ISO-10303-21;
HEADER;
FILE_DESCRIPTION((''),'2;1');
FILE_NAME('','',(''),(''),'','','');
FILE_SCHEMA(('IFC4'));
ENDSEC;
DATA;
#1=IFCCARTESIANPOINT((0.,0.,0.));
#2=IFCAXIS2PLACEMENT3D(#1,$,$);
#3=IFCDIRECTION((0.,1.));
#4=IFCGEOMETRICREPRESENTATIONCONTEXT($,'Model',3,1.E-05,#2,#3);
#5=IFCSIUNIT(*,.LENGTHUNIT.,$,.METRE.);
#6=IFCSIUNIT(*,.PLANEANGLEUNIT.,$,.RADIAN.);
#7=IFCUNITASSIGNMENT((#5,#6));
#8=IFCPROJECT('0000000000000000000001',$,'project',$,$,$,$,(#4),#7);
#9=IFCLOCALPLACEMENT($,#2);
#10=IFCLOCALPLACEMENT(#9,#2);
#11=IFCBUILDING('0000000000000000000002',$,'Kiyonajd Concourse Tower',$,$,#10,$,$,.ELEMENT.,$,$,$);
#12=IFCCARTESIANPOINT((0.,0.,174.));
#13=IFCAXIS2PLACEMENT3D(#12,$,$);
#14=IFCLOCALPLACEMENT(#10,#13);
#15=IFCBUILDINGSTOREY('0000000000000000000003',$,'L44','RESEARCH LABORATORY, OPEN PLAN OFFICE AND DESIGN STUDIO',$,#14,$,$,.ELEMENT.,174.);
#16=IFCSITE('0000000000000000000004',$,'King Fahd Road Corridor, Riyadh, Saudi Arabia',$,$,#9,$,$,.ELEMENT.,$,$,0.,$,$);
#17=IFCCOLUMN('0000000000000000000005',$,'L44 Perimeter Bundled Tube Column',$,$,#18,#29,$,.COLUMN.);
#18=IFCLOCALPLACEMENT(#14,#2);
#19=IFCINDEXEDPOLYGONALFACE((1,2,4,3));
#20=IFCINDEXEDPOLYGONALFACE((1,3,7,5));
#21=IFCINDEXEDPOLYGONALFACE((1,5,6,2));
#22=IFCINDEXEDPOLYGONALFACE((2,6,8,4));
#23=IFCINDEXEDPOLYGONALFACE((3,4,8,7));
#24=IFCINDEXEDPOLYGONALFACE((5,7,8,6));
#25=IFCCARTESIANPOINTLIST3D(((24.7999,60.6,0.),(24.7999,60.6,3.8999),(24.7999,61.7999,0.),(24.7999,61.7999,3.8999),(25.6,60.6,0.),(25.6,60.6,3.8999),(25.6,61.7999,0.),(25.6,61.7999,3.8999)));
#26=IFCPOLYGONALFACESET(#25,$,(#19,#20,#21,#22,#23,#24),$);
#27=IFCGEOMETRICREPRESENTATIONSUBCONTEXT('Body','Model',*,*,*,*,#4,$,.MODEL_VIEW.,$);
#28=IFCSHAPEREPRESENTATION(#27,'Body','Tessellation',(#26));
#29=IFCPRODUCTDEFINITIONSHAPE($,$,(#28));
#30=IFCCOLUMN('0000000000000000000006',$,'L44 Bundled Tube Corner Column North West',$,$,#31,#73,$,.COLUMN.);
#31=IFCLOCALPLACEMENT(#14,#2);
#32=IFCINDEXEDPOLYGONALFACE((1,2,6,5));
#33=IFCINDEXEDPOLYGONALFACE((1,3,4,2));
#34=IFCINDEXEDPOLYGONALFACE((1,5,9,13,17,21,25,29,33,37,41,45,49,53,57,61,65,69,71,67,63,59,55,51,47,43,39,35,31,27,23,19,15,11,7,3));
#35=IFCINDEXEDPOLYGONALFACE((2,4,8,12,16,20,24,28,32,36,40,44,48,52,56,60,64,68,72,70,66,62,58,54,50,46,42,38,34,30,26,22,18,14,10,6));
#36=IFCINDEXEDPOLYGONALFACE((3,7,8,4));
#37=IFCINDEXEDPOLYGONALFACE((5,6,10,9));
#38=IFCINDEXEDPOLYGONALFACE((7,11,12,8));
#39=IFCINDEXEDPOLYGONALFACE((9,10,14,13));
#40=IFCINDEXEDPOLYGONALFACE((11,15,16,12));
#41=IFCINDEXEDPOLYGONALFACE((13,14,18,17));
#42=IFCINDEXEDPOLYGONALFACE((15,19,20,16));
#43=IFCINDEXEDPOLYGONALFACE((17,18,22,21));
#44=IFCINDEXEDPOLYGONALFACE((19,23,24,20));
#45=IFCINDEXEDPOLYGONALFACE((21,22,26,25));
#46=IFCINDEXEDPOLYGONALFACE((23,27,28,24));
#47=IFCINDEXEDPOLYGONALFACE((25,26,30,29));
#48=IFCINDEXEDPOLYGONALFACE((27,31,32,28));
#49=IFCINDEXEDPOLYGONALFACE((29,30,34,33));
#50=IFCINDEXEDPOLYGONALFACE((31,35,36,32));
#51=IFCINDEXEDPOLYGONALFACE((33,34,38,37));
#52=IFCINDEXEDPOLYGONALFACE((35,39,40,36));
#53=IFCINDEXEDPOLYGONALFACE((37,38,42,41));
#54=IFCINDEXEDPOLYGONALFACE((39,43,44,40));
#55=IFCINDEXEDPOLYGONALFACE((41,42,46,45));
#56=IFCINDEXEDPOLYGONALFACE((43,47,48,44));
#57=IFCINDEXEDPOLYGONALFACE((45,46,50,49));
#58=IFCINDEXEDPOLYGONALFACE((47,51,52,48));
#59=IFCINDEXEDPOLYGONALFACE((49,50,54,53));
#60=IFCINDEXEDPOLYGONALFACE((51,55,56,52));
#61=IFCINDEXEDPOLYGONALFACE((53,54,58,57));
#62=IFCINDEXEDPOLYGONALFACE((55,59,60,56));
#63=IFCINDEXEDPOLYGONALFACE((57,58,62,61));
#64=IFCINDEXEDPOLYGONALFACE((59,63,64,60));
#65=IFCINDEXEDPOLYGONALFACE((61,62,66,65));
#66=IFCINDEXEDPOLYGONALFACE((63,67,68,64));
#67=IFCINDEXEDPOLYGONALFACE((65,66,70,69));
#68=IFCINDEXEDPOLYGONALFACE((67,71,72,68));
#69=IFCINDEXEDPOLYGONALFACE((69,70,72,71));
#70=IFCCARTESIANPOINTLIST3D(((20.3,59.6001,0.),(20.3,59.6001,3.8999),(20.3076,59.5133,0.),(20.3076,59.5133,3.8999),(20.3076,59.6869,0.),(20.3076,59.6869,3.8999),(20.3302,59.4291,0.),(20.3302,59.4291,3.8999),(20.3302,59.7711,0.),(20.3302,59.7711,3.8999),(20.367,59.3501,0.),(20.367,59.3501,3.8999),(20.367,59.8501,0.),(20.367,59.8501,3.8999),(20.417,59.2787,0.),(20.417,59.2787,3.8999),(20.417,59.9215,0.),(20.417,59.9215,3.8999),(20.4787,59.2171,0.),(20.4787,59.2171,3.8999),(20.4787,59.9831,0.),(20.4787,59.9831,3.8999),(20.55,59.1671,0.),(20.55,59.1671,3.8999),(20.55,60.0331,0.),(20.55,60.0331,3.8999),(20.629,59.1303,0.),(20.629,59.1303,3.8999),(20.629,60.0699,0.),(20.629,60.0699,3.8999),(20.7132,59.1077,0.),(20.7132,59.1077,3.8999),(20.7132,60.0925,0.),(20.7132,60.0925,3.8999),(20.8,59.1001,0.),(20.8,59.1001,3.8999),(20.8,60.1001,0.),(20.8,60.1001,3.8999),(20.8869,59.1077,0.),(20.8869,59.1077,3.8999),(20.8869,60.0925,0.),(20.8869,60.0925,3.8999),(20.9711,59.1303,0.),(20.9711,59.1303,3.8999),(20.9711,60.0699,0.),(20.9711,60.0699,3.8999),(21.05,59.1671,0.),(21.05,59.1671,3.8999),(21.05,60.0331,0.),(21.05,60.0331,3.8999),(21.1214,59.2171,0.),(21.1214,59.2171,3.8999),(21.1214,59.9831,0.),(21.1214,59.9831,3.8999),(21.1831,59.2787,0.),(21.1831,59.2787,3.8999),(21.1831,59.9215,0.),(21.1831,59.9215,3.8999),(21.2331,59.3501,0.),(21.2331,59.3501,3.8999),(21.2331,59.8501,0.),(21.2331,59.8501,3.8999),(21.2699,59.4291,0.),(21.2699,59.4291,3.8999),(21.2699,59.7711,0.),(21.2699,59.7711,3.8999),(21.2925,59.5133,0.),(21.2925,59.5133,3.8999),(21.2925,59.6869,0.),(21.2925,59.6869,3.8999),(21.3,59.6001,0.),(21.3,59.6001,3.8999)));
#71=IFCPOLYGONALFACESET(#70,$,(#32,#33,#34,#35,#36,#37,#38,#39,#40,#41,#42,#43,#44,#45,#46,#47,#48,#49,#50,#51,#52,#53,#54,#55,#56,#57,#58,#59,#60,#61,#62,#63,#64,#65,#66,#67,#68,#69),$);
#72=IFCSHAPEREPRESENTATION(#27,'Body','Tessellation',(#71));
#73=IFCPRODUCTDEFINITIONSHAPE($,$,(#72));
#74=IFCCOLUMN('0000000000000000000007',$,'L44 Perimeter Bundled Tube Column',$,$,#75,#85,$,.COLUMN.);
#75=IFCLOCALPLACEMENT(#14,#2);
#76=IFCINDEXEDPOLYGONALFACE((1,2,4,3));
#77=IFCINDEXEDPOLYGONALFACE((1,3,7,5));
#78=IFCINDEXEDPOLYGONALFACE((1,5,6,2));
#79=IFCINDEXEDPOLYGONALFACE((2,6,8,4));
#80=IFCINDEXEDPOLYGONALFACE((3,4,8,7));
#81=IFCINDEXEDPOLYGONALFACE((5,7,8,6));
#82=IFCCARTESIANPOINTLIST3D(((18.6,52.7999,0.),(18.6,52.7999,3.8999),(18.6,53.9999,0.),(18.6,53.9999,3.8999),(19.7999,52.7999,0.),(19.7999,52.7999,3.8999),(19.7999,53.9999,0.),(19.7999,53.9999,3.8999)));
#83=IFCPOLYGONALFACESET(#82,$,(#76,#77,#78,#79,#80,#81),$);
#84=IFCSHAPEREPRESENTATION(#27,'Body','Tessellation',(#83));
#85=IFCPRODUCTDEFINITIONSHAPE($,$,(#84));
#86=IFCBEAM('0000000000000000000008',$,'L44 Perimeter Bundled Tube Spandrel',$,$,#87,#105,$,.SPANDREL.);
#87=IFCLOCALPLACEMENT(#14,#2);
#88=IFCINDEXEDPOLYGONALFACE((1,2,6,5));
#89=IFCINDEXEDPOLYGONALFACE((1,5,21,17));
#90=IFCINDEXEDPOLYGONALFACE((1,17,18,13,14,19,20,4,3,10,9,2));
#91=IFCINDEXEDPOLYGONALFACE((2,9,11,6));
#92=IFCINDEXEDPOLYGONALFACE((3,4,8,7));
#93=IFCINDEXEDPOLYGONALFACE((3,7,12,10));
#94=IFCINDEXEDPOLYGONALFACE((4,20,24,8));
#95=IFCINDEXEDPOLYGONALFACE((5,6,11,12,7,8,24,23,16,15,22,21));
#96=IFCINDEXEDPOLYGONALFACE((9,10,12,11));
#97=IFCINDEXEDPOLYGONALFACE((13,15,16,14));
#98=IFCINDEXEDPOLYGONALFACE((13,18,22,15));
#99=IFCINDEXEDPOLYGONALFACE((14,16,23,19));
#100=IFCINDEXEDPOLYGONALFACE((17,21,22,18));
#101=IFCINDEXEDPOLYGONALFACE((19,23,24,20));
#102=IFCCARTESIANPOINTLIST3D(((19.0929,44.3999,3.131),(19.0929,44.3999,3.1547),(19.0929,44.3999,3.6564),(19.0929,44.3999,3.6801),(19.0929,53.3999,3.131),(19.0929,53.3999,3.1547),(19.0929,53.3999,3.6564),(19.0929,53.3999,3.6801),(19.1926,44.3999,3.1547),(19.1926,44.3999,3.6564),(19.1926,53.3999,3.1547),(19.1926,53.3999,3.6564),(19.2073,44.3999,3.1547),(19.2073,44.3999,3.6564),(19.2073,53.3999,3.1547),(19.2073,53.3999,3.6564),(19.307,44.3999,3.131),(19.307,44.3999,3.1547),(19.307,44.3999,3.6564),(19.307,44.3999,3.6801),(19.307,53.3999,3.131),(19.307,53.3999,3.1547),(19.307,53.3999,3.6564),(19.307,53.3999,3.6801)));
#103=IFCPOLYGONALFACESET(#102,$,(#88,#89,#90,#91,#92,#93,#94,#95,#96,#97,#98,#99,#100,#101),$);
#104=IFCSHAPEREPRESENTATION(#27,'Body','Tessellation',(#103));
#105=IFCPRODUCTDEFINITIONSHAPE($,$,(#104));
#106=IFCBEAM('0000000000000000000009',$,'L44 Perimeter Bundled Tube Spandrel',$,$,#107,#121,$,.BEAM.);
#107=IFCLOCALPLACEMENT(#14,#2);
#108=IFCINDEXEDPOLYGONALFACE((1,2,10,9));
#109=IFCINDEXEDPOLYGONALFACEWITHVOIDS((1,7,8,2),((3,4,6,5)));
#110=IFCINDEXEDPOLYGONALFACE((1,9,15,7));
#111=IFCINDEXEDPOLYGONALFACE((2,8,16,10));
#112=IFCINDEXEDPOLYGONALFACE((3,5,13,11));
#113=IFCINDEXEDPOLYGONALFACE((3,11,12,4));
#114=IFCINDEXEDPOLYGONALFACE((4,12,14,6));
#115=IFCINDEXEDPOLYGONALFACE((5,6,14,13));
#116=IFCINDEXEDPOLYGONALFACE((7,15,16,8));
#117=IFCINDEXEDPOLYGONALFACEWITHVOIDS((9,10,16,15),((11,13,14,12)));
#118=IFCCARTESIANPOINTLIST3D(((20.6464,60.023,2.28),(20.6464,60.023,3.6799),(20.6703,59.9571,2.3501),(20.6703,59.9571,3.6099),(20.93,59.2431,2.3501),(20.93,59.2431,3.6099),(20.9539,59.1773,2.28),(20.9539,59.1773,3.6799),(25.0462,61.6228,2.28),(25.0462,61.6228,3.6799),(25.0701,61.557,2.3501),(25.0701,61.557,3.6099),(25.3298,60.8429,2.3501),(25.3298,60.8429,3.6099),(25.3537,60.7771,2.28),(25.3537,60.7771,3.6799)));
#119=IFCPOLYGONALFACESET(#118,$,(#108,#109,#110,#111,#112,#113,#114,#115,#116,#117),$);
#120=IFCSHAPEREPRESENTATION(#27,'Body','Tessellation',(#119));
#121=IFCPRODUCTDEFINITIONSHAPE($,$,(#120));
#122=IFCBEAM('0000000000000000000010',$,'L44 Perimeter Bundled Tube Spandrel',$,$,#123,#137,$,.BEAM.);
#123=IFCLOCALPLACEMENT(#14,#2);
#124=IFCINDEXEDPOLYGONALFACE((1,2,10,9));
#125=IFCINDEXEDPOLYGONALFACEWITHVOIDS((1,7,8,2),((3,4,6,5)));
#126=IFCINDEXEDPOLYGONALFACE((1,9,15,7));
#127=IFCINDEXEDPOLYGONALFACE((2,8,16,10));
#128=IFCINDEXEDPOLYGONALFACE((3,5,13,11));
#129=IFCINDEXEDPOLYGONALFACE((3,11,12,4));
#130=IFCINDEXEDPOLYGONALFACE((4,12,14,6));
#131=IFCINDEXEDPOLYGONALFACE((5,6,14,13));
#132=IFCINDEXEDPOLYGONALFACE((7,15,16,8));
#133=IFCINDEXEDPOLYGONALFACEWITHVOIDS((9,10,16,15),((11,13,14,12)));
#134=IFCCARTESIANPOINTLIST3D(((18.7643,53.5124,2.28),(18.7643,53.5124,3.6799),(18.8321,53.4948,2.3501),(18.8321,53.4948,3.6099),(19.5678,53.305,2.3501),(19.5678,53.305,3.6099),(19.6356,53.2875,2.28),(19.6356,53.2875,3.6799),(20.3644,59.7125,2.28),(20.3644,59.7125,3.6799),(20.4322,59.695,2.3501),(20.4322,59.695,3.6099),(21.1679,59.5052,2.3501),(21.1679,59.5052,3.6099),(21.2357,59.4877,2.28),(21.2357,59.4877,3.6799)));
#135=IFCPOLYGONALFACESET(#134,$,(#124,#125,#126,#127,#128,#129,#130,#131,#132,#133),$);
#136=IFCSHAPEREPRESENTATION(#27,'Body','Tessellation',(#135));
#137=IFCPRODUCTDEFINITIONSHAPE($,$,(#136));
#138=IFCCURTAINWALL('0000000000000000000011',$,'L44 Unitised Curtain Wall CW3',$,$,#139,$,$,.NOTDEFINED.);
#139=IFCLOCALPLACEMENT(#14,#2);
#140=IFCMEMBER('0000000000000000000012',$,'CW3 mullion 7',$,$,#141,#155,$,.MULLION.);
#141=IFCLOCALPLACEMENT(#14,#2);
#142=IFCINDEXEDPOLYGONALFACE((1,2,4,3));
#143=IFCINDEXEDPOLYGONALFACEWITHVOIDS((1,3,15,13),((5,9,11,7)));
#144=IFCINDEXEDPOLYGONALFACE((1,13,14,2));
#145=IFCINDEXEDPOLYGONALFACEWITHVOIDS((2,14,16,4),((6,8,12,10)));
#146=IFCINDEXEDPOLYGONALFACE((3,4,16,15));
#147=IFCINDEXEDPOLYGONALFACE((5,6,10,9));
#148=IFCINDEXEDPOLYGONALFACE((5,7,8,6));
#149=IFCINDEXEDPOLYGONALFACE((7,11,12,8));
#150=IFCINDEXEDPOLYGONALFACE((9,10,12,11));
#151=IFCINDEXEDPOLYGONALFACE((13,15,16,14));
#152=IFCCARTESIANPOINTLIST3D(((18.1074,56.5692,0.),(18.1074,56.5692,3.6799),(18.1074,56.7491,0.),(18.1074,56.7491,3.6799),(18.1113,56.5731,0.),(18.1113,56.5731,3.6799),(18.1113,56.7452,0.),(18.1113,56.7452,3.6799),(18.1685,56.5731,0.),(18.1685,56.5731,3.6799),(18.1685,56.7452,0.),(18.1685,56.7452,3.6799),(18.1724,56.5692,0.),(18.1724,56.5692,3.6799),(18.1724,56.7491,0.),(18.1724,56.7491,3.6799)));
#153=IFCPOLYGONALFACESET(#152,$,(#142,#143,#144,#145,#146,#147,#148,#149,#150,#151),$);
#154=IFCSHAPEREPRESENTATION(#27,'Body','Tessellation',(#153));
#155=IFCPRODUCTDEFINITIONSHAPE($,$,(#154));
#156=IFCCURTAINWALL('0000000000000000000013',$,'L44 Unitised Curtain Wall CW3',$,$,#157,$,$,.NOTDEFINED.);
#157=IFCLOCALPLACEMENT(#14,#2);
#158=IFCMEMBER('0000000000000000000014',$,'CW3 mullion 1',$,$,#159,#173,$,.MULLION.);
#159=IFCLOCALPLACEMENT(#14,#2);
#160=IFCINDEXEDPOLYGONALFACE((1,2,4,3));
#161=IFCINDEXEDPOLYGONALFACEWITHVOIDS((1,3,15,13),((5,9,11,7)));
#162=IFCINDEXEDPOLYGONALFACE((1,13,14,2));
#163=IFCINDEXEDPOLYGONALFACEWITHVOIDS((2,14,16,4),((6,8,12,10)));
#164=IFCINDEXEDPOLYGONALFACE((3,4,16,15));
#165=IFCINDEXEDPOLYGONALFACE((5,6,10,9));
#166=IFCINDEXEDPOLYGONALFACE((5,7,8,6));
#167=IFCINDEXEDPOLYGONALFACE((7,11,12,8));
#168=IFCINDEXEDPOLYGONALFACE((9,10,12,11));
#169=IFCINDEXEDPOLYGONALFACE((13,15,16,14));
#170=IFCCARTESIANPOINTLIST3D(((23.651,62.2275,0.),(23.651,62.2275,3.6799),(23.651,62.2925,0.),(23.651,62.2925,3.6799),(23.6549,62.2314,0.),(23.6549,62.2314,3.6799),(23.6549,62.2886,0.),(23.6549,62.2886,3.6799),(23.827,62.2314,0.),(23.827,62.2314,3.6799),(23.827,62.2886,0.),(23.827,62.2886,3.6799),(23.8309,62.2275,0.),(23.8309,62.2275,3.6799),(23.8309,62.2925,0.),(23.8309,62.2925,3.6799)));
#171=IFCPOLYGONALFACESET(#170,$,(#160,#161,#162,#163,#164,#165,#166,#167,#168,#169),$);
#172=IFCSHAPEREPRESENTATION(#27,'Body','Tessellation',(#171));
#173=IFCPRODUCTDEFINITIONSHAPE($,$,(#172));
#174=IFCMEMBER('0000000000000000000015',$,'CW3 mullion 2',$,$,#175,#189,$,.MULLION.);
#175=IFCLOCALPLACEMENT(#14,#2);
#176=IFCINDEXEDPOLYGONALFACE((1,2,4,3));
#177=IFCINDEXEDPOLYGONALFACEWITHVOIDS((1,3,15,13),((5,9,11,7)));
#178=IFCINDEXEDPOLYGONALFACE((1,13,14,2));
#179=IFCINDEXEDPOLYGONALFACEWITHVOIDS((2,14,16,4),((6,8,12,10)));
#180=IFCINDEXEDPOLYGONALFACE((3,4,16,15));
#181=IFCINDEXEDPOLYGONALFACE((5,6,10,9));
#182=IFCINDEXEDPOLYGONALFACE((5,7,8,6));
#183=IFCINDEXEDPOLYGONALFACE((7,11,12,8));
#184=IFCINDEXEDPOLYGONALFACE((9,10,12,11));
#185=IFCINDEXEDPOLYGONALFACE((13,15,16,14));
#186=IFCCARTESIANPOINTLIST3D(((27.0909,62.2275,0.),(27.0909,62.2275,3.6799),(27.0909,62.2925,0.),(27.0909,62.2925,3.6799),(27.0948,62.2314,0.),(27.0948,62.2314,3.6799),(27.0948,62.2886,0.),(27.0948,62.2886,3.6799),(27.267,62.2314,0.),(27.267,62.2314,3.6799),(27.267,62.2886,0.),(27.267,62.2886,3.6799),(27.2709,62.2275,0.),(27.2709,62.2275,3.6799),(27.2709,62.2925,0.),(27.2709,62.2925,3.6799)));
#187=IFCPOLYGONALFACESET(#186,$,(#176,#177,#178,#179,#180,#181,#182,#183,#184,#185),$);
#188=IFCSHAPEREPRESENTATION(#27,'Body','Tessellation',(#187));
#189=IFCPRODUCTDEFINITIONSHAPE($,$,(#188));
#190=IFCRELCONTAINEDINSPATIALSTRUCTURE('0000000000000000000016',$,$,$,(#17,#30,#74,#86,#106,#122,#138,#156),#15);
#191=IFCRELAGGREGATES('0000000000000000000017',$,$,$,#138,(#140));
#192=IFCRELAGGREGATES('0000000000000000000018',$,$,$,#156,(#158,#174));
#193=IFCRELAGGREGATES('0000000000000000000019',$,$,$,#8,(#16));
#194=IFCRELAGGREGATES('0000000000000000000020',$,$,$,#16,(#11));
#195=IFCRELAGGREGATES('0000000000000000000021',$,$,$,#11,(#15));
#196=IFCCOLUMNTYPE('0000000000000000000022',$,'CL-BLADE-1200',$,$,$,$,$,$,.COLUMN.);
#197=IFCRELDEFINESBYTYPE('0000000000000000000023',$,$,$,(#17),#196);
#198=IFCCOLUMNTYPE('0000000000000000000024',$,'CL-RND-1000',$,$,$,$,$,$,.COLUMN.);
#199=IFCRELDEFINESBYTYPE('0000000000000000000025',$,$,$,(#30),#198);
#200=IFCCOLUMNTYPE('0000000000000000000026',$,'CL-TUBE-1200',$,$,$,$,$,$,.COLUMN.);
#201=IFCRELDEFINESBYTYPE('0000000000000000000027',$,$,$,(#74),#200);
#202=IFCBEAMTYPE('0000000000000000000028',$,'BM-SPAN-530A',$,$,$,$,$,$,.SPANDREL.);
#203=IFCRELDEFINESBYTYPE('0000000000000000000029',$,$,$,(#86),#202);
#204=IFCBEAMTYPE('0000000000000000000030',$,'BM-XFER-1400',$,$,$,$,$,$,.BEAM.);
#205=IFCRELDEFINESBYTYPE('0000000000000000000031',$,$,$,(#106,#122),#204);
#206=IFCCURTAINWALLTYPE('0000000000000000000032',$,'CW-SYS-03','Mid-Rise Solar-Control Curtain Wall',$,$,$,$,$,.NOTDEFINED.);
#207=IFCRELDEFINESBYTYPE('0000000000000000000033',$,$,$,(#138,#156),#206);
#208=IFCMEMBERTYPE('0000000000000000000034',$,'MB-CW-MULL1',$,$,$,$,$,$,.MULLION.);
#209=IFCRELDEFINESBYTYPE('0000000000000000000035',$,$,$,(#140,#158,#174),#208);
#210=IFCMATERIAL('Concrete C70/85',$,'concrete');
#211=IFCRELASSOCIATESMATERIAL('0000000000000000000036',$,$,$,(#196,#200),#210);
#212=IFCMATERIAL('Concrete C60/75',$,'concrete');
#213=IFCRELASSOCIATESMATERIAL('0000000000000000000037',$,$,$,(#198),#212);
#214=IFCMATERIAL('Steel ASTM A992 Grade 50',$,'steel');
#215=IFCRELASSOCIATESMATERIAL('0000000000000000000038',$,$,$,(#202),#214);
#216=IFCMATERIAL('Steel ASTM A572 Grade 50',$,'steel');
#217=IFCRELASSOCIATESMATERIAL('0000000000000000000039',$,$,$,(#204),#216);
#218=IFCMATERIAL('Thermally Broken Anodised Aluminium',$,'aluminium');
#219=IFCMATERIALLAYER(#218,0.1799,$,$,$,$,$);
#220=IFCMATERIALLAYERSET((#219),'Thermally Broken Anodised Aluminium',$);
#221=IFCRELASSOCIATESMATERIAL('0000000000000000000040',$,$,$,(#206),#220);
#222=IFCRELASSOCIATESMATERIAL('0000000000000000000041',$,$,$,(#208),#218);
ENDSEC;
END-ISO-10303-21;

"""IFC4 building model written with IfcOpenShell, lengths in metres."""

from ifc_helpers import new_model, si_unit, direction, frame, origin, origin_2d, place, context, subcontext, project, spatial, rectangle, hollow_rectangle, circle, i_section, extrude, material, layer, layer_set, material_profile, profile_set, type_object, element, aggregate, save


model = new_model("IFC4")

# Units and contexts
model_context = context("Model", 3, precision=1e-05, world=origin(), true_north=direction((0.0, 1.0)))
body_context = subcontext(model_context, "Body", "Model", "MODEL_VIEW")
ifc_project = project(units=[si_unit("LENGTHUNIT", "METRE"), si_unit("PLANEANGLEUNIT", "RADIAN")], contexts=[model_context])

# Site, building, storey
site_placement = place(None, origin())
site = spatial("IfcSite", under=ifc_project, at=site_placement, Name="King Fahd Road Corridor, Riyadh, Saudi Arabia", CompositionType="ELEMENT", RefElevation=0.0)
building_placement = place(site_placement, origin())
building = spatial("IfcBuilding", under=site, at=building_placement, Name="Kiyonajd Concourse Tower", CompositionType="ELEMENT")
storey_placement = place(building_placement, frame((0.0, 0.0, 174.0)))
storey = spatial("IfcBuildingStorey", under=building, at=storey_placement, Name="L44", Description="RESEARCH LABORATORY, OPEN PLAN OFFICE AND DESIGN STUDIO", CompositionType="ELEMENT", Elevation=174.0)

# Columns
ifc_material_1 = material(Name="Concrete C70/85", Category="concrete")
ifc_material_profile_1 = material_profile(ifc_material_1, rectangle(XDim=0.8, YDim=1.2, at=origin_2d()), Name="RC-1200x800")
ifc_profile_set_1 = profile_set([ifc_material_profile_1], Name="Concrete C70/85")
column_type_1 = type_object("IfcColumnType", Name="CL-BLADE-1200", PredefinedType="COLUMN", material=ifc_profile_set_1)
column_1_placement = place(storey_placement, frame((25.2, 61.2, 0.0), z_axis=(0.0, 0.0, 1.0), x_axis=(1.0, 0.0, 0.0)))
element("IfcColumn", 1, at=column_1_placement, inside=storey, type_object=column_type_1, Name="L44 Perimeter Bundled Tube Column", PredefinedType="COLUMN", context=body_context, shape_type="SweptSolid", body=[
    extrude(rectangle(XDim=0.8, YDim=1.2, at=origin_2d()), origin(), (0.0, 0.0, 1.0), 3.8999),
])
ifc_material_2 = material(Name="Concrete C60/75", Category="concrete")
ifc_material_profile_2 = material_profile(ifc_material_2, circle(Radius=0.5, at=origin_2d()), Name="RCC-D1000")
ifc_profile_set_2 = profile_set([ifc_material_profile_2], Name="Concrete C60/75")
column_type_2 = type_object("IfcColumnType", Name="CL-RND-1000", PredefinedType="COLUMN", material=ifc_profile_set_2)
column_2_placement = place(storey_placement, frame((20.8, 59.6001, 0.0), z_axis=(0.0, 0.0, 1.0), x_axis=(1.0, 0.0, 0.0)))
element("IfcColumn", 2, at=column_2_placement, inside=storey, type_object=column_type_2, Name="L44 Bundled Tube Corner Column North West", PredefinedType="COLUMN", context=body_context, shape_type="SweptSolid", body=[
    extrude(circle(Radius=0.5, at=origin_2d()), origin(), (0.0, 0.0, 1.0), 3.8999),
])
ifc_material_profile_3 = material_profile(ifc_material_1, rectangle(XDim=1.2, YDim=1.2, at=origin_2d()), Name="RC-1200x1200")
ifc_profile_set_3 = profile_set([ifc_material_profile_3], Name="Concrete C70/85")
column_type_3 = type_object("IfcColumnType", Name="CL-TUBE-1200", PredefinedType="COLUMN", material=ifc_profile_set_3)
column_3_placement = place(storey_placement, frame((19.2, 53.3999, 0.0), z_axis=(0.0, 0.0, 1.0), x_axis=(1.0, 0.0, 0.0)))
element("IfcColumn", 3, at=column_3_placement, inside=storey, type_object=column_type_3, Name="L44 Perimeter Bundled Tube Column", PredefinedType="COLUMN", context=body_context, shape_type="SweptSolid", body=[
    extrude(rectangle(XDim=1.2, YDim=1.2, at=origin_2d()), origin(), (0.0, 0.0, 1.0), 3.8999),
])

# Beams
ifc_material_3 = material(Name="Steel ASTM A992 Grade 50", Category="steel")
ifc_material_profile_4 = material_profile(ifc_material_3, i_section(OverallWidth=0.2141, OverallDepth=0.5491, WebThickness=0.0146, FlangeThickness=0.0237, at=origin_2d()), Name="W530X138")
ifc_profile_set_4 = profile_set([ifc_material_profile_4], Name="Steel ASTM A992 Grade 50")
beam_type_1 = type_object("IfcBeamType", Name="BM-SPAN-530A", PredefinedType="SPANDREL", material=ifc_profile_set_4)
beam_1_placement = place(storey_placement, frame((19.2, 53.3999, 3.4055), z_axis=(0.0, -1.0, 0.0), x_axis=(1.0, 0.0, 0.0)))
element("IfcBeam", 4, at=beam_1_placement, inside=storey, type_object=beam_type_1, Name="L44 Perimeter Bundled Tube Spandrel", PredefinedType="SPANDREL", context=body_context, shape_type="SweptSolid", body=[
    extrude(i_section(OverallWidth=0.2141, OverallDepth=0.5491, WebThickness=0.0146, FlangeThickness=0.0237, at=origin_2d()), origin(), (0.0, 0.0, 1.0), 9.0),
])
ifc_material_4 = material(Name="Steel ASTM A572 Grade 50", Category="steel")
ifc_material_profile_5 = material_profile(ifc_material_4, hollow_rectangle(XDim=0.8999, YDim=1.3999, WallThickness=0.0701, at=origin_2d()), Name="BOX-1400x900x70")
ifc_profile_set_5 = profile_set([ifc_material_profile_5], Name="Steel ASTM A572 Grade 50")
beam_type_2 = type_object("IfcBeamType", Name="BM-XFER-1400", PredefinedType="BEAM", material=ifc_profile_set_5)
beam_2_placement = place(storey_placement, frame((25.2, 61.2, 2.98), z_axis=(-0.939801, -0.341722, 0.0), x_axis=(0.341722, -0.939801, 0.0)))
element("IfcBeam", 5, at=beam_2_placement, inside=storey, type_object=beam_type_2, Name="L44 Perimeter Bundled Tube Spandrel", PredefinedType="BEAM", context=body_context, shape_type="SweptSolid", body=[
    extrude(hollow_rectangle(XDim=0.8999, YDim=1.3999, WallThickness=0.0701, at=origin_2d()), origin(), (0.0, 0.0, 1.0), 4.6816),
])
beam_3_placement = place(storey_placement, frame((20.8, 59.6001, 2.98), z_axis=(-0.249885, -0.968276, 0.0), x_axis=(0.968276, -0.249885, 0.0)))
element("IfcBeam", 6, at=beam_3_placement, inside=storey, type_object=beam_type_2, Name="L44 Perimeter Bundled Tube Spandrel", PredefinedType="BEAM", context=body_context, shape_type="SweptSolid", body=[
    extrude(hollow_rectangle(XDim=0.8999, YDim=1.3999, WallThickness=0.0701, at=origin_2d()), origin(), (0.0, 0.0, 1.0), 6.4033),
])

# Curtain wall, member
ifc_material_5 = material(Name="Thermally Broken Anodised Aluminium", Category="aluminium")
ifc_layer_1 = layer(ifc_material_5, 0.1799)
ifc_layer_set_1 = layer_set([ifc_layer_1], Name="Thermally Broken Anodised Aluminium")
curtain_wall_type = type_object("IfcCurtainWallType", Name="CW-SYS-03", Description="Mid-Rise Solar-Control Curtain Wall", PredefinedType="NOTDEFINED", material=ifc_layer_set_1)
curtain_wall_1_placement = place(storey_placement, origin())
curtain_wall_1 = element("IfcCurtainWall", 7, at=curtain_wall_1_placement, inside=storey, type_object=curtain_wall_type, Name="L44 Unitised Curtain Wall CW3", PredefinedType="NOTDEFINED")
ifc_material_profile_6 = material_profile(ifc_material_5, hollow_rectangle(XDim=0.0649, YDim=0.1799, WallThickness=0.0039, at=origin_2d()), Name="MULL-65x180")
ifc_profile_set_6 = profile_set([ifc_material_profile_6], Name="Thermally Broken Anodised Aluminium")
member_type_1 = type_object("IfcMemberType", Name="MB-CW-MULL1", PredefinedType="MULLION", material=ifc_profile_set_6)
member_1_placement = place(storey_placement, frame((18.1399, 56.6592, 0.0), z_axis=(0.0, 0.0, 1.0), x_axis=(-1.0, 0.0, 0.0)))
member_1 = element("IfcMember", 8, at=member_1_placement, type_object=member_type_1, Name="CW3 mullion 7", PredefinedType="MULLION", context=body_context, shape_type="SweptSolid", body=[
    extrude(hollow_rectangle(XDim=0.0649, YDim=0.1799, WallThickness=0.0039, at=origin_2d()), origin(), (0.0, 0.0, 1.0), 3.6799),
])

# Curtain wall, members
curtain_wall_2_placement = place(storey_placement, origin())
curtain_wall_2 = element("IfcCurtainWall", 9, at=curtain_wall_2_placement, inside=storey, type_object=curtain_wall_type, Name="L44 Unitised Curtain Wall CW3", PredefinedType="NOTDEFINED")
member_2_placement = place(storey_placement, frame((23.741, 62.26, 0.0), z_axis=(0.0, 0.0, 1.0), x_axis=(0.0, 1.0, 0.0)))
member_2 = element("IfcMember", 10, at=member_2_placement, type_object=member_type_1, Name="CW3 mullion 1", PredefinedType="MULLION", context=body_context, shape_type="SweptSolid", body=[
    extrude(hollow_rectangle(XDim=0.0649, YDim=0.1799, WallThickness=0.0039, at=origin_2d()), origin(), (0.0, 0.0, 1.0), 3.6799),
])
member_3_placement = place(storey_placement, frame((27.1809, 62.26, 0.0), z_axis=(0.0, 0.0, 1.0), x_axis=(0.0, 1.0, 0.0)))
member_3 = element("IfcMember", 11, at=member_3_placement, type_object=member_type_1, Name="CW3 mullion 2", PredefinedType="MULLION", context=body_context, shape_type="SweptSolid", body=[
    extrude(hollow_rectangle(XDim=0.0649, YDim=0.1799, WallThickness=0.0039, at=origin_2d()), origin(), (0.0, 0.0, 1.0), 3.6799),
])

aggregate(curtain_wall_1, [member_1])
aggregate(curtain_wall_2, [member_2, member_3])

save(model, "model.ifc")
